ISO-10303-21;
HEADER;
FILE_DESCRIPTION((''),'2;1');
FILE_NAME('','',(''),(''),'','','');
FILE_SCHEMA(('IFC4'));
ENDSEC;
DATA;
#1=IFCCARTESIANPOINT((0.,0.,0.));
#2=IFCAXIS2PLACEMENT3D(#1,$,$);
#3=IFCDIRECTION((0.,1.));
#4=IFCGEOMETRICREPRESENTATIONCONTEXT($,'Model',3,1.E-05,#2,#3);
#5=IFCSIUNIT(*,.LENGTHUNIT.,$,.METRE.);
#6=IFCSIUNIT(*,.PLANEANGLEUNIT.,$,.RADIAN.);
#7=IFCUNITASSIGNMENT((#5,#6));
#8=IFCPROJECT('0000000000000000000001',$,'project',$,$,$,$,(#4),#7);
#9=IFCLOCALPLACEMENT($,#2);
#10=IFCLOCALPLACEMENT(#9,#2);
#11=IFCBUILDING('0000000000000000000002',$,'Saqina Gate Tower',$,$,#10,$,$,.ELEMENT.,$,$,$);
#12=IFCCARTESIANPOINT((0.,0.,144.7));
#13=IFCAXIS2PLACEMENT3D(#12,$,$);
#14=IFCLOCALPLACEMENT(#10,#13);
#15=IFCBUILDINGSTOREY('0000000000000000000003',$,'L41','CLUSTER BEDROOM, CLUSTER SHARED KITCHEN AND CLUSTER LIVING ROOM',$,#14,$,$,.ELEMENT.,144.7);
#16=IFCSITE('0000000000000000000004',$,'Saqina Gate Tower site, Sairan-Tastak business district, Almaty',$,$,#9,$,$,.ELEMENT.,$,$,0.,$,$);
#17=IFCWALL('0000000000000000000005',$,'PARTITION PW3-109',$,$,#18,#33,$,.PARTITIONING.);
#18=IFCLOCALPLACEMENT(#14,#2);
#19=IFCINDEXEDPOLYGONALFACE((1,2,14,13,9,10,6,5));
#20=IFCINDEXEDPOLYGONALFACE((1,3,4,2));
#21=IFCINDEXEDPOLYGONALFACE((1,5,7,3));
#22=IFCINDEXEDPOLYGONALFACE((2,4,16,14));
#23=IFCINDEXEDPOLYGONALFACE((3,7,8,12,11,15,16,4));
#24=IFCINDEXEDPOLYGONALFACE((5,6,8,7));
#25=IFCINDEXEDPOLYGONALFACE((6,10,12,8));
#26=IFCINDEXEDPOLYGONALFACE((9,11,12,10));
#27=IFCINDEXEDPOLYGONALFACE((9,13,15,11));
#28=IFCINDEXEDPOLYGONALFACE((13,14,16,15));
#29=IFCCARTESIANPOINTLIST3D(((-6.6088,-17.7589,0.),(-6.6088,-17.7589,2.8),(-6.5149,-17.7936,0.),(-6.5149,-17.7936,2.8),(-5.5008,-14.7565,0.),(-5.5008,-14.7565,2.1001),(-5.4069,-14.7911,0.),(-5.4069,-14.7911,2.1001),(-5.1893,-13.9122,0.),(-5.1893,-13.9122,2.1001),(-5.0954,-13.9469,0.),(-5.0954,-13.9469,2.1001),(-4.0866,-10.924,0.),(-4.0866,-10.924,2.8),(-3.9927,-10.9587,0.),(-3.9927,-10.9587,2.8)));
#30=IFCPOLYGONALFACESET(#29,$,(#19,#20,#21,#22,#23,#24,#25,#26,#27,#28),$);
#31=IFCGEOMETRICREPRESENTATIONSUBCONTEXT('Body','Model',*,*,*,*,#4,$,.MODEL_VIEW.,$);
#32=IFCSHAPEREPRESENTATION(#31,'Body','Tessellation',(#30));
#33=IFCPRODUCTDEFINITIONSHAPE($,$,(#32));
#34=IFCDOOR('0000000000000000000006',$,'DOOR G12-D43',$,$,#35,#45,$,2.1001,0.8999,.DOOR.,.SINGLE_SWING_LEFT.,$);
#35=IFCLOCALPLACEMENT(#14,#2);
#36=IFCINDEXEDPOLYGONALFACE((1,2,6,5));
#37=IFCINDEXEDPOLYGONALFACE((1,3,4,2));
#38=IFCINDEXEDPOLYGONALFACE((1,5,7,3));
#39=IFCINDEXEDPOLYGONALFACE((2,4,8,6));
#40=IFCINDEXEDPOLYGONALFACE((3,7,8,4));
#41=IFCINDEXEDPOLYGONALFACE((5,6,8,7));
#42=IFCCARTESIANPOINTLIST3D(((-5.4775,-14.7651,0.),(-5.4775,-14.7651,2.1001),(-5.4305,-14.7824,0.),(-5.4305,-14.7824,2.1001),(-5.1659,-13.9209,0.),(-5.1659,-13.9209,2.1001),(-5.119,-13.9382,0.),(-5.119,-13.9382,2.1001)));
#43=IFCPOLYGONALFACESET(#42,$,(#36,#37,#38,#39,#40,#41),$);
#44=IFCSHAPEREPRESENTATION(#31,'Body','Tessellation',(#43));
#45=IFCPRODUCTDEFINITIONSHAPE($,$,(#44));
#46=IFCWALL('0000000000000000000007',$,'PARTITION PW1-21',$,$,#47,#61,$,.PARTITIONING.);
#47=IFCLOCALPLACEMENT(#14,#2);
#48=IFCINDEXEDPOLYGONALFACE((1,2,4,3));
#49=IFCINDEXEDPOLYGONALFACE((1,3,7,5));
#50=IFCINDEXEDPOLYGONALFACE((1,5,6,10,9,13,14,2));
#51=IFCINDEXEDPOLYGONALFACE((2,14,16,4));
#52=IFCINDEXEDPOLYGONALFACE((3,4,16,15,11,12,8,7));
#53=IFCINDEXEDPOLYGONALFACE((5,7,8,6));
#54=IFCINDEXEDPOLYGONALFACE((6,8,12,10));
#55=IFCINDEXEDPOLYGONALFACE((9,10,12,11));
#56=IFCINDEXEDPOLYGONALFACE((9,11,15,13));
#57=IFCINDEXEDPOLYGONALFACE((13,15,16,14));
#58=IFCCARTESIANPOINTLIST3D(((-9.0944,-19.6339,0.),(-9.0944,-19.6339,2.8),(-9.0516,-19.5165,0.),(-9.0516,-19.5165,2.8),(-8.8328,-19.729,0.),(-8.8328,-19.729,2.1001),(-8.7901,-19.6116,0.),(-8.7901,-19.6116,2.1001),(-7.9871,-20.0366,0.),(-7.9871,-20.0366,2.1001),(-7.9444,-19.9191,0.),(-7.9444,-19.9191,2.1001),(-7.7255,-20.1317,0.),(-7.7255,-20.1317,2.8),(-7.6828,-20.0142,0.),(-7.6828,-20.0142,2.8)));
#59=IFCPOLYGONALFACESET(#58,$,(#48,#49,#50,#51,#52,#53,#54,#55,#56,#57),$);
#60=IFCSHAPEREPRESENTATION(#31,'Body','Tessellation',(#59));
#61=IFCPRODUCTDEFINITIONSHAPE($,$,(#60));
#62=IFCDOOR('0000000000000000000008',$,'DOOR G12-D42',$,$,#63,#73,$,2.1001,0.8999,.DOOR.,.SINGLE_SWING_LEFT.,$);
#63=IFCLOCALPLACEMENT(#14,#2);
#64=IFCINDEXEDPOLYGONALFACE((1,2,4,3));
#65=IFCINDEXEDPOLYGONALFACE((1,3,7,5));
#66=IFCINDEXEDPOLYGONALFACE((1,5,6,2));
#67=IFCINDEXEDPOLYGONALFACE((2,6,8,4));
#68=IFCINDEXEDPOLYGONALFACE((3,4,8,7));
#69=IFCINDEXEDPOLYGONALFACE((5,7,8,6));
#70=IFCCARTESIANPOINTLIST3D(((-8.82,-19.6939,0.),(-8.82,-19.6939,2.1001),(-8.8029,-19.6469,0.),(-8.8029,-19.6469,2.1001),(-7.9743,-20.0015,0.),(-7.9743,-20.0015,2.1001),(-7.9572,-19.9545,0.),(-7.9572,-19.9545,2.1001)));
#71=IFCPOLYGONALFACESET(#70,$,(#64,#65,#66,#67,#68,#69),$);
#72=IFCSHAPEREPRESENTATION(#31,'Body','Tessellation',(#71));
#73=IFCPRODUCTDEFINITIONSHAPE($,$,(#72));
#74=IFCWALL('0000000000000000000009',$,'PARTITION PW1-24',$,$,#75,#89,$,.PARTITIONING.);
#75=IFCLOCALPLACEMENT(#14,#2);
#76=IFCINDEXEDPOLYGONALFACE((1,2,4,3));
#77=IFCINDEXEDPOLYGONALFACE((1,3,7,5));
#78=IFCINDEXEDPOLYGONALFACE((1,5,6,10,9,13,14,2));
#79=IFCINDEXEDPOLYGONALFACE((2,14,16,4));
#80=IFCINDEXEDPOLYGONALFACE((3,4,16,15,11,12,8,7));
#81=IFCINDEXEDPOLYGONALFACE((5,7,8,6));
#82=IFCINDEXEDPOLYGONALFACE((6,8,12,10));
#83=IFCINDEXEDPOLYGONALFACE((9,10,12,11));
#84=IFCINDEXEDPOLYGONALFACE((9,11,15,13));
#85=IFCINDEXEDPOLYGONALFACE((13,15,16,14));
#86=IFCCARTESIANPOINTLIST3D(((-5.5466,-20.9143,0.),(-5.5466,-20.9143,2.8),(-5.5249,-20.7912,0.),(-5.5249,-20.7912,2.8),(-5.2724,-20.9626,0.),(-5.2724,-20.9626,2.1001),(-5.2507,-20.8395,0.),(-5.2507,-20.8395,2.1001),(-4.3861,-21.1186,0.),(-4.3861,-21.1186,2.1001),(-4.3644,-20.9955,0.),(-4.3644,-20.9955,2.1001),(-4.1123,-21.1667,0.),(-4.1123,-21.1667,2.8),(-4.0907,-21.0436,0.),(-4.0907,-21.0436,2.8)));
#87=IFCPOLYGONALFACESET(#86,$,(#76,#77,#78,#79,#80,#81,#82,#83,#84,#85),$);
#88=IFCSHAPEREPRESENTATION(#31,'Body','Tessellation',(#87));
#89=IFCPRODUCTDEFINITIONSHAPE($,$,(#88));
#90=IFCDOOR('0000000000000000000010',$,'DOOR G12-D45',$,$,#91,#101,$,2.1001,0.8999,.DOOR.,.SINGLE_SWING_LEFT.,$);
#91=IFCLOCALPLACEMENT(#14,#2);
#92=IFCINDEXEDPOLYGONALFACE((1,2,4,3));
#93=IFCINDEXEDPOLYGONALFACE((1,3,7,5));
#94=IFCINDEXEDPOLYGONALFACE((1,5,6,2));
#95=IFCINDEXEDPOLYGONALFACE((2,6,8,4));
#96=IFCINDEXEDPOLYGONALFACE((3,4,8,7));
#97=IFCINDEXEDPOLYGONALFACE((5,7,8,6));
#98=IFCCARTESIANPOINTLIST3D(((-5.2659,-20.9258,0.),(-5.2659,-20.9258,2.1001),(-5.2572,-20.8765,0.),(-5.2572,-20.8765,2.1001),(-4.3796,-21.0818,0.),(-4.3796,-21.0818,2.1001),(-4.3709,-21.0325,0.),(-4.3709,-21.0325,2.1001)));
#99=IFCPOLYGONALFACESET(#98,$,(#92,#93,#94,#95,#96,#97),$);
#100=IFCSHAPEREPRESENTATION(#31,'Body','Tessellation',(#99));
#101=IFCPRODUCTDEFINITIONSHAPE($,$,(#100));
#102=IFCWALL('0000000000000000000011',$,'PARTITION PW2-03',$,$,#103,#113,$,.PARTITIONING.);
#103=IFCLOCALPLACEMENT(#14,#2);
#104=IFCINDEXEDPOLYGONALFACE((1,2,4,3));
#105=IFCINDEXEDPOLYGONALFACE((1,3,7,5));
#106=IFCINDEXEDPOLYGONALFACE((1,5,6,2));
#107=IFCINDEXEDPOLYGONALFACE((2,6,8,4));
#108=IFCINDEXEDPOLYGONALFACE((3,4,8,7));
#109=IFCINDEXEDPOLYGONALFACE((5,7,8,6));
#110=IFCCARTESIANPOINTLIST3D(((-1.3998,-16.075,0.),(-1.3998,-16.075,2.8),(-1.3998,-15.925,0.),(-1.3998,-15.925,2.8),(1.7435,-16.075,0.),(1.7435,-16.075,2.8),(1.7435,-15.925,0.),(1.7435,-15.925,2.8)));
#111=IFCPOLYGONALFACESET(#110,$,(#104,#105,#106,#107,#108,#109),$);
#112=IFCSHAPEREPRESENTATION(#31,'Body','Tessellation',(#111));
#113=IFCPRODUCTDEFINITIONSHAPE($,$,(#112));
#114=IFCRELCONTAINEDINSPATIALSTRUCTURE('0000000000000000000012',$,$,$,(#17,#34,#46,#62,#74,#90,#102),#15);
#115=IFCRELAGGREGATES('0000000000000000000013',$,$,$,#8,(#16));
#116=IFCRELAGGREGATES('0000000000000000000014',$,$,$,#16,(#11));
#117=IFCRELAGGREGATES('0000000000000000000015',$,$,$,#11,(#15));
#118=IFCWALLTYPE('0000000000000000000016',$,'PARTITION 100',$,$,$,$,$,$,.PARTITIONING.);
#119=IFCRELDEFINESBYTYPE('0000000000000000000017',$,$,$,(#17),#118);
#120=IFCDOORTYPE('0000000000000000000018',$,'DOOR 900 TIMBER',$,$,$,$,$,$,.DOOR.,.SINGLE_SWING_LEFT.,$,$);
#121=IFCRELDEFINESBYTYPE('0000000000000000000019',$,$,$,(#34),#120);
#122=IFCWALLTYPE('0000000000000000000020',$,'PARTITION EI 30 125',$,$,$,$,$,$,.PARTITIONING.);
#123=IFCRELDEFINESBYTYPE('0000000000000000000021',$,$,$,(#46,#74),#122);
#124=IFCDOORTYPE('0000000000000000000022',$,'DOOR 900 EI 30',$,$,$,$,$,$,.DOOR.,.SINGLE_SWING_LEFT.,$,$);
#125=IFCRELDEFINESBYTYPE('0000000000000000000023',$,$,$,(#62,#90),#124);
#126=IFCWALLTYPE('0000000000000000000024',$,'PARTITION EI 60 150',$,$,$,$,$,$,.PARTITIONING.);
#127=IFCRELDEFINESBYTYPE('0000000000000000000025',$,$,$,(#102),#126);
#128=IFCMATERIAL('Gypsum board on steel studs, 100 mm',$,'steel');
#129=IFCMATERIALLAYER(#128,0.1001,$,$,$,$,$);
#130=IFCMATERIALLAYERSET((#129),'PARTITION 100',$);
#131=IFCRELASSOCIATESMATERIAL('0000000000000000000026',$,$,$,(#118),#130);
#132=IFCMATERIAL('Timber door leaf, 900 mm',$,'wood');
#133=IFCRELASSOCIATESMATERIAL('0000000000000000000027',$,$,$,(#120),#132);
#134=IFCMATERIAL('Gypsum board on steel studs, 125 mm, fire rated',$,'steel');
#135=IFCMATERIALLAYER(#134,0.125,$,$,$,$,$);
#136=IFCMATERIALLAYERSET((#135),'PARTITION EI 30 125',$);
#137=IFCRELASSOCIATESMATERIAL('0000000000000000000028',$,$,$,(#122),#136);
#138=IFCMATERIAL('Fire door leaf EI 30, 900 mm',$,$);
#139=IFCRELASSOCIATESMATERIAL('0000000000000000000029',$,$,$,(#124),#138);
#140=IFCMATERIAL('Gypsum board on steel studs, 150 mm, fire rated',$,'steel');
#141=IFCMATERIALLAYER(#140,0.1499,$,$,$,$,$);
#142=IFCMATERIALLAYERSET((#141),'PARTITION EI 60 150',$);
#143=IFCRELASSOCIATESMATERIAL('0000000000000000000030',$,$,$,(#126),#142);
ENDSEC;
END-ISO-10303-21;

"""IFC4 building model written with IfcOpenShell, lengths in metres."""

from ifc_helpers import new_model, si_unit, direction, frame, frame_2d, origin, place, context, subcontext, project, spatial, rectangle, extrude, material, layer, layer_set, type_object, element, fill, save


model = new_model("IFC4")

# Units and contexts
model_context = context("Model", 3, precision=1e-05, world=origin(), true_north=direction((0.0, 1.0)))
body_context = subcontext(model_context, "Body", "Model", "MODEL_VIEW")
ifc_project = project(units=[si_unit("LENGTHUNIT", "METRE"), si_unit("PLANEANGLEUNIT", "RADIAN")], contexts=[model_context])

# Site, building, storey
site_placement = place(None, origin())
site = spatial("IfcSite", under=ifc_project, at=site_placement, Name="Saqina Gate Tower site, Sairan-Tastak business district, Almaty", CompositionType="ELEMENT", RefElevation=0.0)
building_placement = place(site_placement, origin())
building = spatial("IfcBuilding", under=site, at=building_placement, Name="Saqina Gate Tower", CompositionType="ELEMENT")
storey_placement = place(building_placement, frame((0.0, 0.0, 144.7)))
storey = spatial("IfcBuildingStorey", under=building, at=storey_placement, Name="L41", Description="CLUSTER BEDROOM, CLUSTER SHARED KITCHEN AND CLUSTER LIVING ROOM", CompositionType="ELEMENT", Elevation=144.7)

# Shared definitions
ifc_material_1 = material(Name="Gypsum board on steel studs, 100 mm", Category="steel")
ifc_layer_1 = layer(ifc_material_1, 0.1001)
ifc_layer_set_1 = layer_set([ifc_layer_1], Name="PARTITION 100")
wall_type_1 = type_object("IfcWallType", Name="PARTITION 100", PredefinedType="PARTITIONING", material=ifc_layer_set_1)

# Shared definitions
ifc_material_2 = material(Name="Timber door leaf, 900 mm", Category="wood")
door_type_1 = type_object("IfcDoorType", Name="DOOR 900 TIMBER", OperationType="SINGLE_SWING_LEFT", PredefinedType="DOOR", material=ifc_material_2)

# Walls, openings, doors
wall_1_placement = place(storey_placement, frame((-6.5618, -17.7761, 0.0), z_axis=(0.0, 0.0, 1.0), x_axis=(0.346198, 0.938162, 0.0)))
wall_1 = element("IfcWall", 1, at=wall_1_placement, inside=storey, type_object=wall_type_1, Name="PARTITION PW3-109", PredefinedType="PARTITIONING", context=body_context, shape_type="SweptSolid", body=[
    extrude(rectangle(XDim=7.2854, YDim=0.1001, at=frame_2d((3.6426, 0.0))), origin(), (0.0, 0.0, 1.0), 2.8),
])
opening_1_placement = place(wall_1_placement, frame((3.2002, 0.0, 0.0)))
opening_1 = element("IfcOpeningElement", 2, at=opening_1_placement, cuts=wall_1, PredefinedType="OPENING", context=body_context, shape_type="SweptSolid", body=[
    extrude(rectangle(XDim=0.8999, YDim=2.1001, at=frame_2d((0.45, 1.05))), frame((0.0, 0.062, 0.0), z_axis=(0.0, -1.0, 0.0), x_axis=(1.0, 0.0, 0.0)), (0.0, 0.0, 1.0), 0.124),
])
door_1_placement = place(opening_1_placement, frame((0.8999, 0.0, 0.0), z_axis=(0.0, 0.0, 1.0), x_axis=(-1.0, 0.0, 0.0)))
door_1 = element("IfcDoor", 3, at=door_1_placement, inside=storey, type_object=door_type_1, Name="DOOR G12-D43", OperationType="SINGLE_SWING_LEFT", OverallHeight=2.1001, OverallWidth=0.8999, PredefinedType="DOOR", context=body_context, shape_type="SweptSolid", body=[
    extrude(rectangle(XDim=0.8999, YDim=2.1001, at=frame_2d((0.45, 1.05))), frame((0.0, 0.0249, 0.0), z_axis=(0.0, -1.0, 0.0), x_axis=(1.0, 0.0, 0.0)), (0.0, 0.0, 1.0), 0.05),
])
fill(opening_1, door_1)
ifc_material_3 = material(Name="Gypsum board on steel studs, 125 mm, fire rated", Category="steel")
ifc_layer_2 = layer(ifc_material_3, 0.125)
ifc_layer_set_2 = layer_set([ifc_layer_2], Name="PARTITION EI 30 125")
wall_type_2 = type_object("IfcWallType", Name="PARTITION EI 30 125", PredefinedType="PARTITIONING", material=ifc_layer_set_2)
wall_2_placement = place(storey_placement, frame((-9.073, -19.5752, 0.0), z_axis=(0.0, 0.0, 1.0), x_axis=(0.939789, -0.341757, 0.0)))
wall_2 = element("IfcWall", 4, at=wall_2_placement, inside=storey, type_object=wall_type_2, Name="PARTITION PW1-21", PredefinedType="PARTITIONING", context=body_context, shape_type="SweptSolid", body=[
    extrude(rectangle(XDim=1.4565, YDim=0.125, at=frame_2d((0.7283, 0.0))), origin(), (0.0, 0.0, 1.0), 2.8),
])
opening_2_placement = place(wall_2_placement, frame((0.2783, 0.0, 0.0)))
opening_2 = element("IfcOpeningElement", 5, at=opening_2_placement, cuts=wall_2, PredefinedType="OPENING", context=body_context, shape_type="SweptSolid", body=[
    extrude(rectangle(XDim=0.8999, YDim=2.1001, at=frame_2d((0.45, 1.05))), frame((0.0, 0.0745, 0.0), z_axis=(0.0, -1.0, 0.0), x_axis=(1.0, 0.0, 0.0)), (0.0, 0.0, 1.0), 0.1489),
])
ifc_material_4 = material(Name="Fire door leaf EI 30, 900 mm")
door_type_2 = type_object("IfcDoorType", Name="DOOR 900 EI 30", OperationType="SINGLE_SWING_LEFT", PredefinedType="DOOR", material=ifc_material_4)
door_2_placement = place(opening_2_placement, origin())
door_2 = element("IfcDoor", 6, at=door_2_placement, inside=storey, type_object=door_type_2, Name="DOOR G12-D42", OperationType="SINGLE_SWING_LEFT", OverallHeight=2.1001, OverallWidth=0.8999, PredefinedType="DOOR", context=body_context, shape_type="SweptSolid", body=[
    extrude(rectangle(XDim=0.8999, YDim=2.1001, at=frame_2d((0.45, 1.05))), frame((0.0, 0.0249, 0.0), z_axis=(0.0, -1.0, 0.0), x_axis=(1.0, 0.0, 0.0)), (0.0, 0.0, 1.0), 0.05),
])
fill(opening_2, door_2)
wall_3_placement = place(storey_placement, frame((-5.5356, -20.8528, 0.0), z_axis=(0.0, 0.0, 1.0), x_axis=(0.984863, -0.173336, 0.0)))
wall_3 = element("IfcWall", 7, at=wall_3_placement, inside=storey, type_object=wall_type_2, Name="PARTITION PW1-24", PredefinedType="PARTITIONING", context=body_context, shape_type="SweptSolid", body=[
    extrude(rectangle(XDim=1.4563, YDim=0.125, at=frame_2d((0.728, 0.0))), origin(), (0.0, 0.0, 1.0), 2.8),
])
opening_3_placement = place(wall_3_placement, frame((0.2783, 0.0, 0.0)))
opening_3 = element("IfcOpeningElement", 8, at=opening_3_placement, cuts=wall_3, PredefinedType="OPENING", context=body_context, shape_type="SweptSolid", body=[
    extrude(rectangle(XDim=0.8999, YDim=2.1001, at=frame_2d((0.45, 1.05))), frame((0.0, 0.0745, 0.0), z_axis=(0.0, -1.0, 0.0), x_axis=(1.0, 0.0, 0.0)), (0.0, 0.0, 1.0), 0.1489),
])
door_3_placement = place(opening_3_placement, origin())
door_3 = element("IfcDoor", 9, at=door_3_placement, inside=storey, type_object=door_type_2, Name="DOOR G12-D45", OperationType="SINGLE_SWING_LEFT", OverallHeight=2.1001, OverallWidth=0.8999, PredefinedType="DOOR", context=body_context, shape_type="SweptSolid", body=[
    extrude(rectangle(XDim=0.8999, YDim=2.1001, at=frame_2d((0.45, 1.05))), frame((0.0, 0.0249, 0.0), z_axis=(0.0, -1.0, 0.0), x_axis=(1.0, 0.0, 0.0)), (0.0, 0.0, 1.0), 0.05),
])
fill(opening_3, door_3)

# Wall
ifc_material_5 = material(Name="Gypsum board on steel studs, 150 mm, fire rated", Category="steel")
ifc_layer_3 = layer(ifc_material_5, 0.1499)
ifc_layer_set_3 = layer_set([ifc_layer_3], Name="PARTITION EI 60 150")
wall_type_3 = type_object("IfcWallType", Name="PARTITION EI 60 150", PredefinedType="PARTITIONING", material=ifc_layer_set_3)
wall_4_placement = place(storey_placement, frame((-1.3999, -16.0, 0.0), z_axis=(0.0, 0.0, 1.0), x_axis=(1.0, 0.0, 0.0)))
element("IfcWall", 10, at=wall_4_placement, inside=storey, type_object=wall_type_3, Name="PARTITION PW2-03", PredefinedType="PARTITIONING", context=body_context, shape_type="SweptSolid", body=[
    extrude(rectangle(XDim=3.1433, YDim=0.1499, at=frame_2d((1.5718, 0.0))), origin(), (0.0, 0.0, 1.0), 2.8),
])

save(model, "model.ifc")
